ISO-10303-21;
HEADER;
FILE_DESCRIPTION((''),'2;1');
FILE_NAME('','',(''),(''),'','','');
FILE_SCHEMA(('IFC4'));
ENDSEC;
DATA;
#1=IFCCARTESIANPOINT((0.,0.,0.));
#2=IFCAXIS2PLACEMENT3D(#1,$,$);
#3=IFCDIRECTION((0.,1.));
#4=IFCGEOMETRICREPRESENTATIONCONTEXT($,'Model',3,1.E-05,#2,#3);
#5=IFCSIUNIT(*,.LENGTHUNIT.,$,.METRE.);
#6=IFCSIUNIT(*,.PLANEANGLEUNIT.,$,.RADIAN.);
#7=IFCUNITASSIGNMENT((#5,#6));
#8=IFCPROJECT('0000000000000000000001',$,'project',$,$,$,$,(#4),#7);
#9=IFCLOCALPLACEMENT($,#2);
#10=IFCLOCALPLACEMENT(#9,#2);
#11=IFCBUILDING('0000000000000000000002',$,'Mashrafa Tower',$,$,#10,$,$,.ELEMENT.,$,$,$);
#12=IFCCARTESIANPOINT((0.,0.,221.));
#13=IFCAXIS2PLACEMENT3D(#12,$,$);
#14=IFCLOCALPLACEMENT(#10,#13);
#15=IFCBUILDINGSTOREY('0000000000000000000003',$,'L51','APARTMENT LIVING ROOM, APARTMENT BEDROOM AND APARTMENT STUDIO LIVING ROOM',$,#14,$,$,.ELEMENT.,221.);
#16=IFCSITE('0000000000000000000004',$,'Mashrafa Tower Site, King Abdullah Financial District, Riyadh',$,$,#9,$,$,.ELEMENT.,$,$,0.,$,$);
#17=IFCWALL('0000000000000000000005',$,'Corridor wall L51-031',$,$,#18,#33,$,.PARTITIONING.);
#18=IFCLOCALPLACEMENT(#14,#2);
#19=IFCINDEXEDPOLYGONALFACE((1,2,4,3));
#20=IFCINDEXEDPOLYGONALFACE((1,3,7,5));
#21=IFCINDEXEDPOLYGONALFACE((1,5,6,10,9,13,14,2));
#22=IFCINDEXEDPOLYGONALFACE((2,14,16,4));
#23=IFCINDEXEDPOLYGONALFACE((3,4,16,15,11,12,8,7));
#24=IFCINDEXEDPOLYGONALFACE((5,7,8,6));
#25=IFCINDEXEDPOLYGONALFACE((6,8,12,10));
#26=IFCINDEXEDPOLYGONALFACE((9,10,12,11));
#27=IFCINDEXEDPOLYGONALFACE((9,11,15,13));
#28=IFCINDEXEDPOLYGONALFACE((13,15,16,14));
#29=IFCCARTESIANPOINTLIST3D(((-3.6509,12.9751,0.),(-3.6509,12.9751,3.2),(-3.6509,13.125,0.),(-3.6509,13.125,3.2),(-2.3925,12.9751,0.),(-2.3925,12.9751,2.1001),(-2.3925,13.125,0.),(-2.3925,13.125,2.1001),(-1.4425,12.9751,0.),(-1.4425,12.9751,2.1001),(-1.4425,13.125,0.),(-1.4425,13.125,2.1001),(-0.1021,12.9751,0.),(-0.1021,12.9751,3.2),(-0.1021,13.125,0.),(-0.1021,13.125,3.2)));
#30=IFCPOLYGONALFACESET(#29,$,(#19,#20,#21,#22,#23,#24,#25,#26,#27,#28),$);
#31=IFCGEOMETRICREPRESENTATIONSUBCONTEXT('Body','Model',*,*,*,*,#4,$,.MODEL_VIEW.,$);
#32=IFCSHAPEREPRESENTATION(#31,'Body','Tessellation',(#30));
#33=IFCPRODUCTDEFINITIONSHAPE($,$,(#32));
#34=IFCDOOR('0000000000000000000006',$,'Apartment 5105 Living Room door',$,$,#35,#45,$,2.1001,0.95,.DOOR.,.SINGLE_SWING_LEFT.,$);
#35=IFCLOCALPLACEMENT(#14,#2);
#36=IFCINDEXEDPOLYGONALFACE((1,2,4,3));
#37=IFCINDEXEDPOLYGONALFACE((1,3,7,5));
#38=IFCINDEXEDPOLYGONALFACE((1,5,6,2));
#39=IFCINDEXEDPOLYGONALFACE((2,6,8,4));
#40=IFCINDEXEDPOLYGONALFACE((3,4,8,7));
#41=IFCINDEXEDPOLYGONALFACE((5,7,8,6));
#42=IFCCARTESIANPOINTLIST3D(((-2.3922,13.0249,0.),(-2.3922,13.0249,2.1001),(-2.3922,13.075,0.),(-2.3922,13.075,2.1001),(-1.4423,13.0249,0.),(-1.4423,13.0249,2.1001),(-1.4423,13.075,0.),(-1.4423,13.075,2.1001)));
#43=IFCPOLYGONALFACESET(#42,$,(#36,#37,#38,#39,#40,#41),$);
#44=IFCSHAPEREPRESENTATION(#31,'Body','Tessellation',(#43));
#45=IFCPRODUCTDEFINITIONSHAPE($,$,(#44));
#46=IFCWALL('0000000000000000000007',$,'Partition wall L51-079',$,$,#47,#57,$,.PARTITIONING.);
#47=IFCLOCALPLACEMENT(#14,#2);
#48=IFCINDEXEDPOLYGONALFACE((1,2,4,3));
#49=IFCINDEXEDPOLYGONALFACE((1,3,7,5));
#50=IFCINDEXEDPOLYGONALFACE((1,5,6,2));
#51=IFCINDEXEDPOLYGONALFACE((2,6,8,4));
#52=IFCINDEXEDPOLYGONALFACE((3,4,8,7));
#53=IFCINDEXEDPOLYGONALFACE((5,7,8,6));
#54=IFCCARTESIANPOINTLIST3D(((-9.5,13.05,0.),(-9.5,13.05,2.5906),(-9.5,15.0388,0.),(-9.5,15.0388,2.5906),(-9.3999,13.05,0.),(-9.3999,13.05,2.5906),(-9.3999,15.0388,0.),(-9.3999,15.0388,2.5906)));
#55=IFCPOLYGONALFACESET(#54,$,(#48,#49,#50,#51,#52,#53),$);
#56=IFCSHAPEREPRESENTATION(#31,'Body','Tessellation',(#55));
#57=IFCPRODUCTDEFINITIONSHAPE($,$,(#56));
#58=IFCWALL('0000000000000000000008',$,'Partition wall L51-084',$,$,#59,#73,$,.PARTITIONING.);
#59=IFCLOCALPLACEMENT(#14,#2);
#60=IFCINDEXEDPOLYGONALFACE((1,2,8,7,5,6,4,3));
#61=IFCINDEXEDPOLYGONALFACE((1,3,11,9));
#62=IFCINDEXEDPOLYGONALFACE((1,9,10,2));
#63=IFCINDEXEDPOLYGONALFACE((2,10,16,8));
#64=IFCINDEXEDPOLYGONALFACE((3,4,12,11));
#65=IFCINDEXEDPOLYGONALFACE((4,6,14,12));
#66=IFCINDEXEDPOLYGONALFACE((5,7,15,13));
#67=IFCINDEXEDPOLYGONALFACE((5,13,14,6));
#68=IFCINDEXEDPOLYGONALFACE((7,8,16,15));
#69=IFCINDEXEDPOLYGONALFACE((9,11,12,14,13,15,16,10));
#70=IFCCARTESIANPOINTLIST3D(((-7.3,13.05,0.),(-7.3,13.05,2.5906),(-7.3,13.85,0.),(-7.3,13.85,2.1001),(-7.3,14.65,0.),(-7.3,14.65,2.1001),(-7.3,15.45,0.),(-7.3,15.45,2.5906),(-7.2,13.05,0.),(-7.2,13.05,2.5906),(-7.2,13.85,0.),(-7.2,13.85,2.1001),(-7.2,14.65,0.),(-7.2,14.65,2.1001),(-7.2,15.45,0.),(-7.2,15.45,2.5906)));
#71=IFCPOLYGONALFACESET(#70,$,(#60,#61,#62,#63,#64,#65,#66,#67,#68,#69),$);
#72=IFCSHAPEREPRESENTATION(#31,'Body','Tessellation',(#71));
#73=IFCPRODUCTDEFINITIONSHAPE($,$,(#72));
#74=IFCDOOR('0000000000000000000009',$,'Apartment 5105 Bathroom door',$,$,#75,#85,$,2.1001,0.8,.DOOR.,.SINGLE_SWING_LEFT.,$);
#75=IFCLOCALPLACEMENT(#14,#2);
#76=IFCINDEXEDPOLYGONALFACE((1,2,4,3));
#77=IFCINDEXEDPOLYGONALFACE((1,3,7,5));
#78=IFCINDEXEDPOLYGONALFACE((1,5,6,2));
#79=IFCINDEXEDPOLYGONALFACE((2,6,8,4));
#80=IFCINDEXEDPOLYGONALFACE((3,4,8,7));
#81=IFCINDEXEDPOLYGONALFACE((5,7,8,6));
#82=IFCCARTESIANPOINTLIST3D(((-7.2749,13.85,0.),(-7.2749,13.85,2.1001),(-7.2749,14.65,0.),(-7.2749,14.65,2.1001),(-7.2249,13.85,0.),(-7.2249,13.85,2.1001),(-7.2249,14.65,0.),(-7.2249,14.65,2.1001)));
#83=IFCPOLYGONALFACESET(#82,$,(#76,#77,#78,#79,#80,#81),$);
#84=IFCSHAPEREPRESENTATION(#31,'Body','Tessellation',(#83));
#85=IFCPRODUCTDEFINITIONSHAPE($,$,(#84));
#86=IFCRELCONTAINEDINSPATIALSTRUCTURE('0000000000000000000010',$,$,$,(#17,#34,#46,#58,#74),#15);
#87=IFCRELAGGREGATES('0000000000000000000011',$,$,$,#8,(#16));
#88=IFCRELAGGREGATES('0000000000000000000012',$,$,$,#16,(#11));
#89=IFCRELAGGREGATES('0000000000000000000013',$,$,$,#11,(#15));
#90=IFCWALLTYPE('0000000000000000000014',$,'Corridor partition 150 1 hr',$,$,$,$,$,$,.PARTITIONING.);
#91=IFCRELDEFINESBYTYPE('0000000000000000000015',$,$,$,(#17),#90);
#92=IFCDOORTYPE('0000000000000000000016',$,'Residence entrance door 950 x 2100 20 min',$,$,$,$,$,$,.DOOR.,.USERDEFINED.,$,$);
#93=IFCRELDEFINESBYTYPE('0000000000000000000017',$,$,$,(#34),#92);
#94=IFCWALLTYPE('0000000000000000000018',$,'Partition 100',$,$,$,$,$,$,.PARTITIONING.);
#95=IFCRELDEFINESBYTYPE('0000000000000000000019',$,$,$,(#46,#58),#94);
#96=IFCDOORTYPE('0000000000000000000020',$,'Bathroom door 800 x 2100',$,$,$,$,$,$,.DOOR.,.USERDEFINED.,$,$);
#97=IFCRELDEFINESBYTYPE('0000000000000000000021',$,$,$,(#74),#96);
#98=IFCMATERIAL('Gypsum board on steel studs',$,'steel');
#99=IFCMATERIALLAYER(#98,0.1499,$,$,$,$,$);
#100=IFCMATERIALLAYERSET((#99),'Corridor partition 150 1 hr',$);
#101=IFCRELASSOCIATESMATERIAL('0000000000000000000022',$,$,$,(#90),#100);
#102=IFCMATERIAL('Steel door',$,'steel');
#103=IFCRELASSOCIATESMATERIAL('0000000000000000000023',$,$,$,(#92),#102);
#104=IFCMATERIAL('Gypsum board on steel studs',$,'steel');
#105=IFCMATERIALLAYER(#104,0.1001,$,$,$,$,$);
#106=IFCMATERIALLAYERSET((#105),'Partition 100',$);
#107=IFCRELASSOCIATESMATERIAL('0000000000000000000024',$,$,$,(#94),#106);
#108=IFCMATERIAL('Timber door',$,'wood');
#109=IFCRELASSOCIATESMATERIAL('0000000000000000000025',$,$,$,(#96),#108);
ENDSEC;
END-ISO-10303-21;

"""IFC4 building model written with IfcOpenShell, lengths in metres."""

from ifc_helpers import new_model, si_unit, direction, frame, frame_2d, origin, place, context, subcontext, project, spatial, rectangle, extrude, material, layer, layer_set, type_object, element, fill, save


model = new_model("IFC4")

# Units and contexts
model_context = context("Model", 3, precision=1e-05, world=origin(), true_north=direction((0.0, 1.0)))
body_context = subcontext(model_context, "Body", "Model", "MODEL_VIEW")
ifc_project = project(units=[si_unit("LENGTHUNIT", "METRE"), si_unit("PLANEANGLEUNIT", "RADIAN")], contexts=[model_context])

# Site, building, storey
site_placement = place(None, origin())
site = spatial("IfcSite", under=ifc_project, at=site_placement, Name="Mashrafa Tower Site, King Abdullah Financial District, Riyadh", CompositionType="ELEMENT", RefElevation=0.0)
building_placement = place(site_placement, origin())
building = spatial("IfcBuilding", under=site, at=building_placement, Name="Mashrafa Tower", CompositionType="ELEMENT")
storey_placement = place(building_placement, frame((0.0, 0.0, 221.0)))
storey = spatial("IfcBuildingStorey", under=building, at=storey_placement, Name="L51", Description="APARTMENT LIVING ROOM, APARTMENT BEDROOM AND APARTMENT STUDIO LIVING ROOM", CompositionType="ELEMENT", Elevation=221.0)

# Shared definitions
ifc_material_1 = material(Name="Gypsum board on steel studs", Category="steel")
ifc_layer_1 = layer(ifc_material_1, 0.1499)
ifc_layer_set_1 = layer_set([ifc_layer_1], Name="Corridor partition 150 1 hr")
wall_type_1 = type_object("IfcWallType", Name="Corridor partition 150 1 hr", PredefinedType="PARTITIONING", material=ifc_layer_set_1)

# Wall, opening, door
wall_1_placement = place(storey_placement, frame((-0.1021, 13.05, 0.0), z_axis=(0.0, 0.0, 1.0), x_axis=(-1.0, 0.0, 0.0)))
wall_1 = element("IfcWall", 1, at=wall_1_placement, inside=storey, type_object=wall_type_1, Name="Corridor wall L51-031", PredefinedType="PARTITIONING", context=body_context, shape_type="SweptSolid", body=[
    extrude(rectangle(XDim=3.5488, YDim=0.1499, at=frame_2d((1.7744, 0.0))), origin(), (0.0, 0.0, 1.0), 3.2),
])
opening_1_placement = place(wall_1_placement, frame((1.3403, 0.0, 0.0)))
opening_1 = element("IfcOpeningElement", 2, at=opening_1_placement, cuts=wall_1, PredefinedType="OPENING", context=body_context, shape_type="SweptSolid", body=[
    extrude(rectangle(XDim=0.95, YDim=2.1001, at=frame_2d((0.4751, 1.05))), frame((0.0, 0.085, 0.0), z_axis=(0.0, -1.0, 0.0), x_axis=(1.0, 0.0, 0.0)), (0.0, 0.0, 1.0), 0.1699),
])
ifc_material_2 = material(Name="Steel door", Category="steel")
door_type_1 = type_object("IfcDoorType", Name="Residence entrance door 950 x 2100 20 min", OperationType="USERDEFINED", PredefinedType="DOOR", material=ifc_material_2)
door_1_placement = place(opening_1_placement, frame((0.95, 0.0, 0.0), z_axis=(0.0, 0.0, 1.0), x_axis=(-1.0, 0.0, 0.0)))
door_1 = element("IfcDoor", 3, at=door_1_placement, inside=storey, type_object=door_type_1, Name="Apartment 5105 Living Room door", OperationType="SINGLE_SWING_LEFT", OverallHeight=2.1001, OverallWidth=0.95, PredefinedType="DOOR", context=body_context, shape_type="SweptSolid", body=[
    extrude(rectangle(XDim=0.95, YDim=2.1001, at=frame_2d((0.4751, 1.05))), frame((0.0, 0.0249, 0.0), z_axis=(0.0, -1.0, 0.0), x_axis=(1.0, 0.0, 0.0)), (0.0, 0.0, 1.0), 0.05),
])
fill(opening_1, door_1)

# Wall
ifc_material_3 = material(Name="Gypsum board on steel studs", Category="steel")
ifc_layer_2 = layer(ifc_material_3, 0.1001)
ifc_layer_set_2 = layer_set([ifc_layer_2], Name="Partition 100")
wall_type_2 = type_object("IfcWallType", Name="Partition 100", PredefinedType="PARTITIONING", material=ifc_layer_set_2)
wall_2_placement = place(storey_placement, frame((-9.45, 13.05, 0.0), z_axis=(0.0, 0.0, 1.0), x_axis=(0.0, 1.0, 0.0)))
element("IfcWall", 4, at=wall_2_placement, inside=storey, type_object=wall_type_2, Name="Partition wall L51-079", PredefinedType="PARTITIONING", context=body_context, shape_type="SweptSolid", body=[
    extrude(rectangle(XDim=1.9888, YDim=0.1001, at=frame_2d((0.9944, 0.0))), origin(), (0.0, 0.0, 1.0), 2.5906),
])

# Wall, opening, door
wall_3_placement = place(storey_placement, frame((-7.25, 13.05, 0.0), z_axis=(0.0, 0.0, 1.0), x_axis=(0.0, 1.0, 0.0)))
wall_3 = element("IfcWall", 5, at=wall_3_placement, inside=storey, type_object=wall_type_2, Name="Partition wall L51-084", PredefinedType="PARTITIONING", context=body_context, shape_type="SweptSolid", body=[
    extrude(rectangle(XDim=2.3999, YDim=0.1001, at=frame_2d((1.2, 0.0))), origin(), (0.0, 0.0, 1.0), 2.5906),
])
opening_2_placement = place(wall_3_placement, frame((0.8, 0.0, 0.0)))
opening_2 = element("IfcOpeningElement", 6, at=opening_2_placement, cuts=wall_3, PredefinedType="OPENING", context=body_context, shape_type="SweptSolid", body=[
    extrude(rectangle(XDim=0.8, YDim=2.1001, at=frame_2d((0.3999, 1.05))), frame((0.0, 0.0601, 0.0), z_axis=(0.0, -1.0, 0.0), x_axis=(1.0, 0.0, 0.0)), (0.0, 0.0, 1.0), 0.1201),
])
ifc_material_4 = material(Name="Timber door", Category="wood")
door_type_2 = type_object("IfcDoorType", Name="Bathroom door 800 x 2100", OperationType="USERDEFINED", PredefinedType="DOOR", material=ifc_material_4)
door_2_placement = place(opening_2_placement, origin())
door_2 = element("IfcDoor", 7, at=door_2_placement, inside=storey, type_object=door_type_2, Name="Apartment 5105 Bathroom door", OperationType="SINGLE_SWING_LEFT", OverallHeight=2.1001, OverallWidth=0.8, PredefinedType="DOOR", context=body_context, shape_type="SweptSolid", body=[
    extrude(rectangle(XDim=0.8, YDim=2.1001, at=frame_2d((0.3999, 1.05))), frame((0.0, 0.0249, 0.0), z_axis=(0.0, -1.0, 0.0), x_axis=(1.0, 0.0, 0.0)), (0.0, 0.0, 1.0), 0.05),
])
fill(opening_2, door_2)

save(model, "model.ifc")
